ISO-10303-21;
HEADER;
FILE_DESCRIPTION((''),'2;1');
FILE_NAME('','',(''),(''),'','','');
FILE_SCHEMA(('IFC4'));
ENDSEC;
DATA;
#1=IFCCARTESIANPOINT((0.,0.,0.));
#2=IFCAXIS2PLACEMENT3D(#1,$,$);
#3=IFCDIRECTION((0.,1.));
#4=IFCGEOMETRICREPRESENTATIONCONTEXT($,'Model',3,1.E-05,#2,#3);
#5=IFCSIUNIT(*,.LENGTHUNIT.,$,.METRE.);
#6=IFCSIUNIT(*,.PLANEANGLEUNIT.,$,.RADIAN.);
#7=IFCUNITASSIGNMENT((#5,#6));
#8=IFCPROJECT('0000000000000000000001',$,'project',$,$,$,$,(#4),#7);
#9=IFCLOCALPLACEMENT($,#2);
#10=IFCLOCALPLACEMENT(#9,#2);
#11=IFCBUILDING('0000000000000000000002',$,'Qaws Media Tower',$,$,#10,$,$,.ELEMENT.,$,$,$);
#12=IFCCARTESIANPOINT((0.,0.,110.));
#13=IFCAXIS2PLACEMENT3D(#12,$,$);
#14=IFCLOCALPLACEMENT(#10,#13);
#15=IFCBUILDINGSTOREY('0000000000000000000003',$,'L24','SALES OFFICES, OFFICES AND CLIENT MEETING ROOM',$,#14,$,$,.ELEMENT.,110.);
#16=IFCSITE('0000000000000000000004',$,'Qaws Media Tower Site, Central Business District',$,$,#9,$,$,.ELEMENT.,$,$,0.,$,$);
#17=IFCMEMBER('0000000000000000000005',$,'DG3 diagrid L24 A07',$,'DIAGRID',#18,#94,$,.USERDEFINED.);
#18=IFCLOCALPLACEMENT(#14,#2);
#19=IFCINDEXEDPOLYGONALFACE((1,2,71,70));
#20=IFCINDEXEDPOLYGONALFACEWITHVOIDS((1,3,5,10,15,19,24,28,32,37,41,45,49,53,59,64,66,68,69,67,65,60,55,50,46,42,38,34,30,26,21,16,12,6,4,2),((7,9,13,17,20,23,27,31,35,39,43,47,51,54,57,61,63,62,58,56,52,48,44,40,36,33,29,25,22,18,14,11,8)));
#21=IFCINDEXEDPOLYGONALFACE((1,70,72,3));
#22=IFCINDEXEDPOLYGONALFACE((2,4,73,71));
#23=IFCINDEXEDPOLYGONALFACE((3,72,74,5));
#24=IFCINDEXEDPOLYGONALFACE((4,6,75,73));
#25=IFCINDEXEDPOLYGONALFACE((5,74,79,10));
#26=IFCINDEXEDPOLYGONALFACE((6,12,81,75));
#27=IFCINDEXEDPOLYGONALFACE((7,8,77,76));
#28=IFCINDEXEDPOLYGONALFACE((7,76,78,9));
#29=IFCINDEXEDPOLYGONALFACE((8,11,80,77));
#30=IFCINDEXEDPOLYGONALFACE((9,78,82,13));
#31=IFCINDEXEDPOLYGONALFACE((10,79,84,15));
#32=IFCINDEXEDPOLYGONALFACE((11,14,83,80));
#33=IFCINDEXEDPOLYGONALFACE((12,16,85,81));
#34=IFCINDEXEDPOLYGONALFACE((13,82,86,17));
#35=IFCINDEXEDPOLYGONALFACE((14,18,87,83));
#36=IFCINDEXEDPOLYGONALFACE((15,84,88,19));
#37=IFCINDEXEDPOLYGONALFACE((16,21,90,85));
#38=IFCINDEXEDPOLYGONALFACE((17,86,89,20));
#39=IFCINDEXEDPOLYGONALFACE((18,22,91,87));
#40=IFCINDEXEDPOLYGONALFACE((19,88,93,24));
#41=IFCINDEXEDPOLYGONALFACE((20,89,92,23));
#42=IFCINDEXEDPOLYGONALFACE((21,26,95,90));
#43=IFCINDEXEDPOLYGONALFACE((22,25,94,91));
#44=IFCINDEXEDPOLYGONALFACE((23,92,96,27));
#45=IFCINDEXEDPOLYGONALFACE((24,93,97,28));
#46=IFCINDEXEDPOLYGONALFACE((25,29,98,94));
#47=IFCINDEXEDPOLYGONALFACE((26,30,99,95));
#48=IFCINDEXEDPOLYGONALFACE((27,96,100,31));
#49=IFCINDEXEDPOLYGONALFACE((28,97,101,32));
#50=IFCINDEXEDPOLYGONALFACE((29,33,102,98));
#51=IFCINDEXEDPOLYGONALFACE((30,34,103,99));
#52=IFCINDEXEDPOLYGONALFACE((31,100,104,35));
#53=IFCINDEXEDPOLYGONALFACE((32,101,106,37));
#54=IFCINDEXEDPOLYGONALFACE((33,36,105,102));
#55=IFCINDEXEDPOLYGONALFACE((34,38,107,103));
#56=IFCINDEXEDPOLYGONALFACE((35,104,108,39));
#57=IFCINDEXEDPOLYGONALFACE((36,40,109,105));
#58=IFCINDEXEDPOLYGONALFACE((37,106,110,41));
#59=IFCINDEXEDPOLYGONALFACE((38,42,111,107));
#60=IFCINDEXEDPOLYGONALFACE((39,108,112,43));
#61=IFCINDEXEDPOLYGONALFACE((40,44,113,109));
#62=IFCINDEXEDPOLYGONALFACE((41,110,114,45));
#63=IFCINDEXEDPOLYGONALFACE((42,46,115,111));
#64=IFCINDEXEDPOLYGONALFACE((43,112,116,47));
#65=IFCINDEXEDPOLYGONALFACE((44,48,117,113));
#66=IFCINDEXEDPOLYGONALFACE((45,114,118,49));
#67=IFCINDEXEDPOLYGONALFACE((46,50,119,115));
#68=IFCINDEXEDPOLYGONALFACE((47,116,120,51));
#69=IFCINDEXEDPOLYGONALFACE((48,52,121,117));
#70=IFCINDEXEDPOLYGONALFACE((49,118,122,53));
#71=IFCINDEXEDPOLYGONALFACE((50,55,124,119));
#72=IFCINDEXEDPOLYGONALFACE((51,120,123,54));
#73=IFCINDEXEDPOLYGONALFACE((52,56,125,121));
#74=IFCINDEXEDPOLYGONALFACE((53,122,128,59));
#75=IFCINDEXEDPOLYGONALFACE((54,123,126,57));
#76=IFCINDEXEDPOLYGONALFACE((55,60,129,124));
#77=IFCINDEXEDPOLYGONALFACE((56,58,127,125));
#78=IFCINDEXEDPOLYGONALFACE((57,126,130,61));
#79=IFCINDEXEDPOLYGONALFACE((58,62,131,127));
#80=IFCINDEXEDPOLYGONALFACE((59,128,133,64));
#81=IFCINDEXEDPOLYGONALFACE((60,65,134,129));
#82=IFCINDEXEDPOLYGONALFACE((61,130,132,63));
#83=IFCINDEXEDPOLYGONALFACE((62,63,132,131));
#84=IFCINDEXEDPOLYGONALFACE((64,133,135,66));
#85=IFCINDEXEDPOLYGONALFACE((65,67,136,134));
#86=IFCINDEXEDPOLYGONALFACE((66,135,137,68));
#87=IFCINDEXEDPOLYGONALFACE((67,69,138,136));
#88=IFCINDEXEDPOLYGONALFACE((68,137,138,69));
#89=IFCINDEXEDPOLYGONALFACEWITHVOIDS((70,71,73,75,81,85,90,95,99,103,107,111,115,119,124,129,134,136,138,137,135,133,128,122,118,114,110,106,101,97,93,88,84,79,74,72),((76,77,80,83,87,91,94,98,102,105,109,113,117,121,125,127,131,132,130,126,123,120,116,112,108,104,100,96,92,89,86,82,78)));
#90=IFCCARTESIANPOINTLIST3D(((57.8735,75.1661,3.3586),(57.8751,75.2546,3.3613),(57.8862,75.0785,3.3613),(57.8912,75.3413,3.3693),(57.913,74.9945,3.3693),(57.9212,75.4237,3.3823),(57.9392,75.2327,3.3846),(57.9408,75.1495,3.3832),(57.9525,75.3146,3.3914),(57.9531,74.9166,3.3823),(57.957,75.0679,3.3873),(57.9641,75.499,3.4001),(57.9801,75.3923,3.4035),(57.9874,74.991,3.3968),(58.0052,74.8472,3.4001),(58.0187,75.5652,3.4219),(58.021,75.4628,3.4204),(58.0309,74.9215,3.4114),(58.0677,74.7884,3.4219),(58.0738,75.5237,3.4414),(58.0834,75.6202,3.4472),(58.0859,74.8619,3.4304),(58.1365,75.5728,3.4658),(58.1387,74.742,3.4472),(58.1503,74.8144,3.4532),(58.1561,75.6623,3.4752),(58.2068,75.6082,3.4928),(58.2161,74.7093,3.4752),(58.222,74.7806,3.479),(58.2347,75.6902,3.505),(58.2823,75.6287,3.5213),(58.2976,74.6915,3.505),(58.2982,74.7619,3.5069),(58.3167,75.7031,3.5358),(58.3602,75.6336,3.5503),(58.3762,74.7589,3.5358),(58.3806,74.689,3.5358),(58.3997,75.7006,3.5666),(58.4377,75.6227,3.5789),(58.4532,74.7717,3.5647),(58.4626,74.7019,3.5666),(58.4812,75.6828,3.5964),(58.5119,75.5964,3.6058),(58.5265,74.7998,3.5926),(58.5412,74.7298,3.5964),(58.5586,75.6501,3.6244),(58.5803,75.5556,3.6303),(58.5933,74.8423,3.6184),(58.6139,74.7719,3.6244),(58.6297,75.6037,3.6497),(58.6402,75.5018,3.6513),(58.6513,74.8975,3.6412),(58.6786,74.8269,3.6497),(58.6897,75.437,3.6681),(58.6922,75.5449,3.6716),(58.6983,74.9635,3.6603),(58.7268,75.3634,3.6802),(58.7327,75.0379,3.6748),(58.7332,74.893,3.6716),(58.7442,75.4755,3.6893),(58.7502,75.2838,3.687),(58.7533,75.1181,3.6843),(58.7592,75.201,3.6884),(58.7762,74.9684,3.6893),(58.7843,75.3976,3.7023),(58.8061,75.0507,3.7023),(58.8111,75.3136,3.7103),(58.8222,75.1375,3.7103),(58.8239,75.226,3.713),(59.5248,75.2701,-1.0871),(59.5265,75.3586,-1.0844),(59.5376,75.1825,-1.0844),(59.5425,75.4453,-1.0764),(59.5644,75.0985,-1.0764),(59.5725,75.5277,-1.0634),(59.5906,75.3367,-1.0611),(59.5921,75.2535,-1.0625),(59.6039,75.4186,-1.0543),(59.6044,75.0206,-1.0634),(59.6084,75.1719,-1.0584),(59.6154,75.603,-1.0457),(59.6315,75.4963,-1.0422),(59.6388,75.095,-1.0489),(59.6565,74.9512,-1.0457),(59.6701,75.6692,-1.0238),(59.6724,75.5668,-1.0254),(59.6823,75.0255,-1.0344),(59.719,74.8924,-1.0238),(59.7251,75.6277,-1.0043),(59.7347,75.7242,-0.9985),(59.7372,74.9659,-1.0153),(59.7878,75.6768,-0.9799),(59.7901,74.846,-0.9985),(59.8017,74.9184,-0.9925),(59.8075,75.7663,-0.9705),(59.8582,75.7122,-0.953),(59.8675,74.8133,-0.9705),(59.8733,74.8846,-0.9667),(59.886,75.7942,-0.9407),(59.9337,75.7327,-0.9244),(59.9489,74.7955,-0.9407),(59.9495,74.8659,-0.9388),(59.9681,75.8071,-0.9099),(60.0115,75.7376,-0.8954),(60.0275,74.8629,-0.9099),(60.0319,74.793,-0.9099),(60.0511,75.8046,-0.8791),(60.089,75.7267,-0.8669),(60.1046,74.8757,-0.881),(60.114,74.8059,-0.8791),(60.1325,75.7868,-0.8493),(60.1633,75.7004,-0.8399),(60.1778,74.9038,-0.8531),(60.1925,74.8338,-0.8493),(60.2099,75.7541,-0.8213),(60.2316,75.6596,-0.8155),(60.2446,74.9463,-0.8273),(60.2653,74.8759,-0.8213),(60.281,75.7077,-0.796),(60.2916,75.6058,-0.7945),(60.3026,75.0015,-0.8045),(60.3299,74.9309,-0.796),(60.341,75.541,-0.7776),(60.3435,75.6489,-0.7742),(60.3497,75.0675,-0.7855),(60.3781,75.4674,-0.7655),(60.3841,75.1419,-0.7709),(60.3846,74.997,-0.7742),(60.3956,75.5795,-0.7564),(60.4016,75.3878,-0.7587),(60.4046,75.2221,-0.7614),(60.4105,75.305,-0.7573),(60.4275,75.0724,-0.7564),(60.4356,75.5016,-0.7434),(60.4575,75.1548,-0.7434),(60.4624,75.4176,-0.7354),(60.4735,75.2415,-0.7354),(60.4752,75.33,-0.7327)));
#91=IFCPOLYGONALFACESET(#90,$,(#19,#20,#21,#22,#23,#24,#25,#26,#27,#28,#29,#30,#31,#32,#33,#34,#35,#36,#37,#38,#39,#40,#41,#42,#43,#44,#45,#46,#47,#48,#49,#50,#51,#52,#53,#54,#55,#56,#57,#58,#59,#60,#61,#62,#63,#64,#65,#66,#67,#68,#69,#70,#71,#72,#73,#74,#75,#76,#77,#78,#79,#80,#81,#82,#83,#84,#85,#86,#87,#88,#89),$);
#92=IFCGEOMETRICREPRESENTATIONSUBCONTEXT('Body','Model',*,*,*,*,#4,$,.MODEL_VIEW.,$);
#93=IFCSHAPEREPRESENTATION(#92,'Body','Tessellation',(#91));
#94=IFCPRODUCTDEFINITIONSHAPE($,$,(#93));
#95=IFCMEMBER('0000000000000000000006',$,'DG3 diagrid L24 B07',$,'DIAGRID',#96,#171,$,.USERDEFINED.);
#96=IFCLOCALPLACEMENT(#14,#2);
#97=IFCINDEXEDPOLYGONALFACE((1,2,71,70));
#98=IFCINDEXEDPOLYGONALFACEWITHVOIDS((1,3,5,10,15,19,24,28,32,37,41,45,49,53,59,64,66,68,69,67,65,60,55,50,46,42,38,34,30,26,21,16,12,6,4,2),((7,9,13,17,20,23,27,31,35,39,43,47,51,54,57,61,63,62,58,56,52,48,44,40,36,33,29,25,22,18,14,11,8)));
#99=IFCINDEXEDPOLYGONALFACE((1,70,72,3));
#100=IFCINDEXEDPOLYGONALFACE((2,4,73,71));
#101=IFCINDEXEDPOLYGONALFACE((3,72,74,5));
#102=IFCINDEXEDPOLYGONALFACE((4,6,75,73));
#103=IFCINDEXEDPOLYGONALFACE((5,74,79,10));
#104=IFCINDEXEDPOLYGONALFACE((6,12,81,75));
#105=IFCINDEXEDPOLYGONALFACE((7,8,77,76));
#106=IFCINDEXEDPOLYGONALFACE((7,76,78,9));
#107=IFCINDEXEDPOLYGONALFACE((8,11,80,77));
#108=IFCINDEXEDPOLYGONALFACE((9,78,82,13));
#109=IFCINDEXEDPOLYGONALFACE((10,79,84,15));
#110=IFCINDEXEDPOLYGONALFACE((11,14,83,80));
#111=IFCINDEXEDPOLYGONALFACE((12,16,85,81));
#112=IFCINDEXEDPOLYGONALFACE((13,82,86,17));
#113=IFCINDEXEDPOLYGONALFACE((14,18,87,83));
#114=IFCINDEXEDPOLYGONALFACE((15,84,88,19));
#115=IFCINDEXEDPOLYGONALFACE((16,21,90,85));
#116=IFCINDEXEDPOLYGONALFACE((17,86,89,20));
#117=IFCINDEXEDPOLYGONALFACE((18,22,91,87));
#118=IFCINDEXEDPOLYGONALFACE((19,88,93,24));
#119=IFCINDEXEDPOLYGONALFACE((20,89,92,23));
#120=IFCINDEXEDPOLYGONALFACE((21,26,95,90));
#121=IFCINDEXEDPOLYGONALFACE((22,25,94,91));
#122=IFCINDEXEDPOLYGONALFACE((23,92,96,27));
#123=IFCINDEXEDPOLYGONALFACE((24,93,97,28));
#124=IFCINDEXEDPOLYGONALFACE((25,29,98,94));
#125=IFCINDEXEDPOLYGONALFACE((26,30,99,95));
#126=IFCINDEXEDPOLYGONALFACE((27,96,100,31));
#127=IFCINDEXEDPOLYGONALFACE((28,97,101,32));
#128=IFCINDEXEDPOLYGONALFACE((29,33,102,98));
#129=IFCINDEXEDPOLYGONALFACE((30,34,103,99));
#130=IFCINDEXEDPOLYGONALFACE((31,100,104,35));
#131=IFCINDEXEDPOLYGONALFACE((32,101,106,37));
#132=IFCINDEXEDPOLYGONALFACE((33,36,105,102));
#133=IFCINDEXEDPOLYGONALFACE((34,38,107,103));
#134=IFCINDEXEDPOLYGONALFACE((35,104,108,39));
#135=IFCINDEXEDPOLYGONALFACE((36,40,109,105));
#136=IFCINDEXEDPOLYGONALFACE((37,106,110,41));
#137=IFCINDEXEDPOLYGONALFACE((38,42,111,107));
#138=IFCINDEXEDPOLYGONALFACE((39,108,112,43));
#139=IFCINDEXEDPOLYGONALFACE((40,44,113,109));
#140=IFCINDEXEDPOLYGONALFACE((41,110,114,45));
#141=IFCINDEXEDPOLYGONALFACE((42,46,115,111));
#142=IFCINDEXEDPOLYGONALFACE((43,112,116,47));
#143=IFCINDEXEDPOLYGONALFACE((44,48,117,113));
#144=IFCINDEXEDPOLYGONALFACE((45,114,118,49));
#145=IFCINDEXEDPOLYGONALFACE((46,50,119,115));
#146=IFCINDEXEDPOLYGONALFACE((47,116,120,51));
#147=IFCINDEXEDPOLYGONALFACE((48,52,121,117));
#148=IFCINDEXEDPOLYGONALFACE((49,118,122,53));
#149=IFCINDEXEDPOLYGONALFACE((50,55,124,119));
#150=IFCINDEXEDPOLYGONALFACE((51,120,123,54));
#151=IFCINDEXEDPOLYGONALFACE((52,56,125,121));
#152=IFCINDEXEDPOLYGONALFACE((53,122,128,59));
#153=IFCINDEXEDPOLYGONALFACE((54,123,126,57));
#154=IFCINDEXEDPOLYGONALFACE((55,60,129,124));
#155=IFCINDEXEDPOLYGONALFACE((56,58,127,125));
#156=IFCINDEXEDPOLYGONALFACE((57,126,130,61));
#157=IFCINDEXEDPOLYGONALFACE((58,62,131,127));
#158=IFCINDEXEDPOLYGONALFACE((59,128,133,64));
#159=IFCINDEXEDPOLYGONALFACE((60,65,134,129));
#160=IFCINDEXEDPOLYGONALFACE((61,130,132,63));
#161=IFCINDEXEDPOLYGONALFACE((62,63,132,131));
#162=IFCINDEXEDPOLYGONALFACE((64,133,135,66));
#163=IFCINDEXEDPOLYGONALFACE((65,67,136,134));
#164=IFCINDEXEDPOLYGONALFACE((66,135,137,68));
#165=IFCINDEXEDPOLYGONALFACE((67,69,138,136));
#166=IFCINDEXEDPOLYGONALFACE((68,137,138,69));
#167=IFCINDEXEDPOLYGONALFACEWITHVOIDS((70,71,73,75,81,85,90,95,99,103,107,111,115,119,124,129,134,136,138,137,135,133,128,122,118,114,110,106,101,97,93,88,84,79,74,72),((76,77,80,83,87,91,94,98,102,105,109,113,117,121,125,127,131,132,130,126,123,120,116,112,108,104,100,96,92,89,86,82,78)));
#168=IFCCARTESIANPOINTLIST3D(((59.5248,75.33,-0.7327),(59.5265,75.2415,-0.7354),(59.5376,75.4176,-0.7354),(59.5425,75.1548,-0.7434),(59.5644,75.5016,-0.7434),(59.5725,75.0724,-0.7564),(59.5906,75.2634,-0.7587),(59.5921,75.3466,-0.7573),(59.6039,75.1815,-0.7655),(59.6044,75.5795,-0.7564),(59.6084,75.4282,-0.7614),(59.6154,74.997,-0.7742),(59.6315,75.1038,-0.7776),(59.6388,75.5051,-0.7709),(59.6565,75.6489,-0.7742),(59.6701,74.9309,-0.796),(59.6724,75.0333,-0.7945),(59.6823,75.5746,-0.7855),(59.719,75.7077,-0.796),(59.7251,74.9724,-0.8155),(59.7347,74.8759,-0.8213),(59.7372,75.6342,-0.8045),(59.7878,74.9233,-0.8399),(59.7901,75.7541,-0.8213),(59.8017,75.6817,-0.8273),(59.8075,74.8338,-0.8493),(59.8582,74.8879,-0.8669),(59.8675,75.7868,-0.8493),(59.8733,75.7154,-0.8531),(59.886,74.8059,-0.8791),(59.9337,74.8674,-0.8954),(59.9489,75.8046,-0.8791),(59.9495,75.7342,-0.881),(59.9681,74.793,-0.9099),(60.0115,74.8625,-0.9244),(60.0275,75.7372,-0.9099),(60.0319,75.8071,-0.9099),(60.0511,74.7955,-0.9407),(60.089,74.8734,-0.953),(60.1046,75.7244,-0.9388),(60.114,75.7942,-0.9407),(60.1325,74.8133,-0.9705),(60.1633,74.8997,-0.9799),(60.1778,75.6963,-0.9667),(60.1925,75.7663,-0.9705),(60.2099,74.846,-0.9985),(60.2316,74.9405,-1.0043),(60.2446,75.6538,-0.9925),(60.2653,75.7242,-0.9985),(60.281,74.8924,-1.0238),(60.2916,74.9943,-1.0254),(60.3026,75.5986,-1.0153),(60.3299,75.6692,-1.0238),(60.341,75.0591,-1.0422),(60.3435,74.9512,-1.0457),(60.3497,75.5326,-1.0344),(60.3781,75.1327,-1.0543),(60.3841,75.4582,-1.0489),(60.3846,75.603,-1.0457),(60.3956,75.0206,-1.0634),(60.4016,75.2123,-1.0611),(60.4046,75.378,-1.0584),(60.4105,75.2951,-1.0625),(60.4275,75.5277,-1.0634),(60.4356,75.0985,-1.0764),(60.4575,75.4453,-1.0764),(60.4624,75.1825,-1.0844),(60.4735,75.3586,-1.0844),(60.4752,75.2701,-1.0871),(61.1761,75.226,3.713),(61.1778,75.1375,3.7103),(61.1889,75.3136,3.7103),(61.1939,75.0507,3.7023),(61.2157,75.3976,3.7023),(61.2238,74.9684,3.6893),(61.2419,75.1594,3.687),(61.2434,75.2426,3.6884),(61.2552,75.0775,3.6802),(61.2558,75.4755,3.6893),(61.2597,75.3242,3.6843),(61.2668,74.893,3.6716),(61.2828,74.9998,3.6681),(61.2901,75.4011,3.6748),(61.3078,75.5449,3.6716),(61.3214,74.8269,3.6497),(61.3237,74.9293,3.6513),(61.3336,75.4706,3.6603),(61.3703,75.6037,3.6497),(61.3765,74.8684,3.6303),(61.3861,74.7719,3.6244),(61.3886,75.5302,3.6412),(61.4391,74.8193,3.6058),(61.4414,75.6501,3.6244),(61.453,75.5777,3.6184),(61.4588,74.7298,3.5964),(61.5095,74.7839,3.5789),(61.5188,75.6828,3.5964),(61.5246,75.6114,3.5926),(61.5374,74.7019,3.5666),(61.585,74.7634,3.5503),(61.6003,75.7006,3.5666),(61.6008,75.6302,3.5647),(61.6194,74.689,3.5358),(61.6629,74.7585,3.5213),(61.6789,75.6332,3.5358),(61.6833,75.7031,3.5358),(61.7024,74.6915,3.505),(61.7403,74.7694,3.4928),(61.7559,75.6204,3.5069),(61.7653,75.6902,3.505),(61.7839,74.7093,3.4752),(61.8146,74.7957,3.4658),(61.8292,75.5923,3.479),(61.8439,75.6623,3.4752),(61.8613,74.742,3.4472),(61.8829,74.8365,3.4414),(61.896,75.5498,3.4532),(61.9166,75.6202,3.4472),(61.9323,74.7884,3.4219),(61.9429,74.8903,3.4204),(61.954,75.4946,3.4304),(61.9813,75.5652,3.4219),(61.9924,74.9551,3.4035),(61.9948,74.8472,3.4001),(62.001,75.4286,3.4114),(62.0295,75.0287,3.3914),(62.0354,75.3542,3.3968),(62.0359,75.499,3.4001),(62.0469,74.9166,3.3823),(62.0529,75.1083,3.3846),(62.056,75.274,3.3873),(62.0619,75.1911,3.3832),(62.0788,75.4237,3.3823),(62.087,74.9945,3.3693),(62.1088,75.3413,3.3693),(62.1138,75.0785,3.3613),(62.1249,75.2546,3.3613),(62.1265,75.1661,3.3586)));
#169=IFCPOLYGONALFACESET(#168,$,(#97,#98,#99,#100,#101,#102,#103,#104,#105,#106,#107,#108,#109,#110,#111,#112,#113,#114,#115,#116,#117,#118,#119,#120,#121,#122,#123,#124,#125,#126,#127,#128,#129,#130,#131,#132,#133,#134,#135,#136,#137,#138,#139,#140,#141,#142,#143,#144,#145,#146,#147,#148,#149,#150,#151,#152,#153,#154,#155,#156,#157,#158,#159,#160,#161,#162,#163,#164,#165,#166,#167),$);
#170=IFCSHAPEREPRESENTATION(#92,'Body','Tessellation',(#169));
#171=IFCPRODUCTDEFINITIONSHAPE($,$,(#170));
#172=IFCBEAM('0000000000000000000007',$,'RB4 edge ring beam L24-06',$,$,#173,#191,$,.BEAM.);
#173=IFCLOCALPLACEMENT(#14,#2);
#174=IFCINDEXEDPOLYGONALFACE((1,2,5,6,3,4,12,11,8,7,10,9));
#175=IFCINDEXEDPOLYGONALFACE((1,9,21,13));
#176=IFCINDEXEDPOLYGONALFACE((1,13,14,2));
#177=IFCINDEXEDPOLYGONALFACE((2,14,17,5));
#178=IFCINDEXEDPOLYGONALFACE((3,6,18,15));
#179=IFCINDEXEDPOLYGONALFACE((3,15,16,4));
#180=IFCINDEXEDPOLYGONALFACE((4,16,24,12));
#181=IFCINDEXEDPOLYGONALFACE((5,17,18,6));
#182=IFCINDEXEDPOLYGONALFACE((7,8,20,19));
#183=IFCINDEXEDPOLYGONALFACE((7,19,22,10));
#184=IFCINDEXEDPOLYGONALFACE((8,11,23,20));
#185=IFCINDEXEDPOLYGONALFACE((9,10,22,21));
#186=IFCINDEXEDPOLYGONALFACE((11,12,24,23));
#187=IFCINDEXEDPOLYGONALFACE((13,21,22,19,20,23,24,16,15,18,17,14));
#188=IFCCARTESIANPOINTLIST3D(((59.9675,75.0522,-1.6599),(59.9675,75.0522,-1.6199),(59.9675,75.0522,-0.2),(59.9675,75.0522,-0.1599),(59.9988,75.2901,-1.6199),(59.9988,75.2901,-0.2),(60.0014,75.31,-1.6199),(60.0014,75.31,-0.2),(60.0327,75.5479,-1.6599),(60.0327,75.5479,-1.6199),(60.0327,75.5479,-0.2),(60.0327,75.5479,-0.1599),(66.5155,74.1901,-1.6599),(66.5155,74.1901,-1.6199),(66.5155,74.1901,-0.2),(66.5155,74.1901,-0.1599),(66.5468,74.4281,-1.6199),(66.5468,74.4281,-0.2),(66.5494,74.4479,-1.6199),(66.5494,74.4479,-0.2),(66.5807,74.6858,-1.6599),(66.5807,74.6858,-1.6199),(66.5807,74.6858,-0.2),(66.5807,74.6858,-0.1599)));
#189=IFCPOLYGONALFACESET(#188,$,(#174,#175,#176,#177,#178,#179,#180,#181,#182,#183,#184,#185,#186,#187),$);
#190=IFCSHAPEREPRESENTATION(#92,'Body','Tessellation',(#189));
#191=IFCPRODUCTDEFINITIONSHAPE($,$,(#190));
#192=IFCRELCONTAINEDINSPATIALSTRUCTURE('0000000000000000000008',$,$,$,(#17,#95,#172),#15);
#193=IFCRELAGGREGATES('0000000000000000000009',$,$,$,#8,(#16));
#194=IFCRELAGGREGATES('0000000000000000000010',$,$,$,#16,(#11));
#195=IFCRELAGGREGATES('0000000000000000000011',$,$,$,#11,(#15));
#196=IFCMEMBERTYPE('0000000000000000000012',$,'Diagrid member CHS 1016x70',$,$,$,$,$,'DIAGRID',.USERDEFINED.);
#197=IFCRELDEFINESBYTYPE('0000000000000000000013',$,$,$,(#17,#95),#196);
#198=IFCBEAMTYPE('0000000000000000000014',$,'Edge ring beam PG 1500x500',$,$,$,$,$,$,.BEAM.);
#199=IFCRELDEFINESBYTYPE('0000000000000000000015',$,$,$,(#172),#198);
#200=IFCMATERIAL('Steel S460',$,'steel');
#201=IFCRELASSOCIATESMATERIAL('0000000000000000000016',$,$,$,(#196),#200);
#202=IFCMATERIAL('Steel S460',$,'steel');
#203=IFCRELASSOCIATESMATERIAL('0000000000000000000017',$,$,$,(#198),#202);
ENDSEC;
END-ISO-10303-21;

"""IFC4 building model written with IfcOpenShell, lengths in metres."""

from ifc_helpers import new_model, si_unit, direction, frame, origin, origin_2d, place, context, subcontext, project, spatial, hollow_circle, i_section, extrude, material, material_profile, profile_set, type_object, element, save


model = new_model("IFC4")

# Units and contexts
model_context = context("Model", 3, precision=1e-05, world=origin(), true_north=direction((0.0, 1.0)))
body_context = subcontext(model_context, "Body", "Model", "MODEL_VIEW")
ifc_project = project(units=[si_unit("LENGTHUNIT", "METRE"), si_unit("PLANEANGLEUNIT", "RADIAN")], contexts=[model_context])

# Site, building, storey
site_placement = place(None, origin())
site = spatial("IfcSite", under=ifc_project, at=site_placement, Name="Qaws Media Tower Site, Central Business District", CompositionType="ELEMENT", RefElevation=0.0)
building_placement = place(site_placement, origin())
building = spatial("IfcBuilding", under=site, at=building_placement, Name="Qaws Media Tower", CompositionType="ELEMENT")
storey_placement = place(building_placement, frame((0.0, 0.0, 110.0)))
storey = spatial("IfcBuildingStorey", under=building, at=storey_placement, Name="L24", Description="SALES OFFICES, OFFICES AND CLIENT MEETING ROOM", CompositionType="ELEMENT", Elevation=110.0)

# Members
ifc_material_1 = material(Name="Steel S460", Category="steel")
ifc_material_profile_1 = material_profile(ifc_material_1, hollow_circle(Radius=0.5081, WallThickness=0.0701, at=origin_2d()), Name="CHS 1016x70")
ifc_profile_set_1 = profile_set([ifc_material_profile_1], Name="Steel S460")
member_type_1 = type_object("IfcMemberType", Name="Diagrid member CHS 1016x70", ElementType="DIAGRID", PredefinedType="USERDEFINED", material=ifc_profile_set_1)
for number, where, z_axis, x_axis, name in (
    (1, (60.0, 75.3, -0.9099), (-0.348116, -0.021924, 0.937195), (0.062856, -0.998023, 0.0), "DG3 diagrid L24 A07"),
    (2, (60.0, 75.3, -0.9099), (0.348116, -0.021924, 0.937195), (0.062856, 0.998023, 0.0), "DG3 diagrid L24 B07"),
):
    element("IfcMember", number, at=place(storey_placement, frame(where, z_axis=z_axis, x_axis=x_axis)), inside=storey, type_object=member_type_1, Name=name, ObjectType="DIAGRID", PredefinedType="USERDEFINED", context=body_context, shape_type="SweptSolid", body=[
        extrude(hollow_circle(Radius=0.5081, WallThickness=0.0701, at=origin_2d()), origin(), (0.0, 0.0, 1.0), 4.7437),
    ])

# Beam
ifc_material_2 = material(Name="Steel S460", Category="steel")
ifc_material_profile_2 = material_profile(ifc_material_2, i_section(OverallWidth=0.5, OverallDepth=1.5, WebThickness=0.02, FlangeThickness=0.04, at=origin_2d()), Name="PG 1500x500")
ifc_profile_set_2 = profile_set([ifc_material_profile_2], Name="Steel S460")
beam_type = type_object("IfcBeamType", Name="Edge ring beam PG 1500x500", PredefinedType="BEAM", material=ifc_profile_set_2)
for number, where, z_axis, x_axis, name in (
    (3, (66.5481, 74.438, -0.9099), (-0.991445, 0.130524, 0.0), (-0.130524, -0.991445, 0.0), "RB4 edge ring beam L24-06"),
):
    element("IfcBeam", number, at=place(storey_placement, frame(where, z_axis=z_axis, x_axis=x_axis)), inside=storey, type_object=beam_type, Name=name, PredefinedType="BEAM", context=body_context, shape_type="SweptSolid", body=[
        extrude(i_section(OverallWidth=0.5, OverallDepth=1.5, WebThickness=0.02, FlangeThickness=0.04, at=origin_2d()), origin(), (0.0, 0.0, 1.0), 6.6045),
    ])

save(model, "model.ifc")
